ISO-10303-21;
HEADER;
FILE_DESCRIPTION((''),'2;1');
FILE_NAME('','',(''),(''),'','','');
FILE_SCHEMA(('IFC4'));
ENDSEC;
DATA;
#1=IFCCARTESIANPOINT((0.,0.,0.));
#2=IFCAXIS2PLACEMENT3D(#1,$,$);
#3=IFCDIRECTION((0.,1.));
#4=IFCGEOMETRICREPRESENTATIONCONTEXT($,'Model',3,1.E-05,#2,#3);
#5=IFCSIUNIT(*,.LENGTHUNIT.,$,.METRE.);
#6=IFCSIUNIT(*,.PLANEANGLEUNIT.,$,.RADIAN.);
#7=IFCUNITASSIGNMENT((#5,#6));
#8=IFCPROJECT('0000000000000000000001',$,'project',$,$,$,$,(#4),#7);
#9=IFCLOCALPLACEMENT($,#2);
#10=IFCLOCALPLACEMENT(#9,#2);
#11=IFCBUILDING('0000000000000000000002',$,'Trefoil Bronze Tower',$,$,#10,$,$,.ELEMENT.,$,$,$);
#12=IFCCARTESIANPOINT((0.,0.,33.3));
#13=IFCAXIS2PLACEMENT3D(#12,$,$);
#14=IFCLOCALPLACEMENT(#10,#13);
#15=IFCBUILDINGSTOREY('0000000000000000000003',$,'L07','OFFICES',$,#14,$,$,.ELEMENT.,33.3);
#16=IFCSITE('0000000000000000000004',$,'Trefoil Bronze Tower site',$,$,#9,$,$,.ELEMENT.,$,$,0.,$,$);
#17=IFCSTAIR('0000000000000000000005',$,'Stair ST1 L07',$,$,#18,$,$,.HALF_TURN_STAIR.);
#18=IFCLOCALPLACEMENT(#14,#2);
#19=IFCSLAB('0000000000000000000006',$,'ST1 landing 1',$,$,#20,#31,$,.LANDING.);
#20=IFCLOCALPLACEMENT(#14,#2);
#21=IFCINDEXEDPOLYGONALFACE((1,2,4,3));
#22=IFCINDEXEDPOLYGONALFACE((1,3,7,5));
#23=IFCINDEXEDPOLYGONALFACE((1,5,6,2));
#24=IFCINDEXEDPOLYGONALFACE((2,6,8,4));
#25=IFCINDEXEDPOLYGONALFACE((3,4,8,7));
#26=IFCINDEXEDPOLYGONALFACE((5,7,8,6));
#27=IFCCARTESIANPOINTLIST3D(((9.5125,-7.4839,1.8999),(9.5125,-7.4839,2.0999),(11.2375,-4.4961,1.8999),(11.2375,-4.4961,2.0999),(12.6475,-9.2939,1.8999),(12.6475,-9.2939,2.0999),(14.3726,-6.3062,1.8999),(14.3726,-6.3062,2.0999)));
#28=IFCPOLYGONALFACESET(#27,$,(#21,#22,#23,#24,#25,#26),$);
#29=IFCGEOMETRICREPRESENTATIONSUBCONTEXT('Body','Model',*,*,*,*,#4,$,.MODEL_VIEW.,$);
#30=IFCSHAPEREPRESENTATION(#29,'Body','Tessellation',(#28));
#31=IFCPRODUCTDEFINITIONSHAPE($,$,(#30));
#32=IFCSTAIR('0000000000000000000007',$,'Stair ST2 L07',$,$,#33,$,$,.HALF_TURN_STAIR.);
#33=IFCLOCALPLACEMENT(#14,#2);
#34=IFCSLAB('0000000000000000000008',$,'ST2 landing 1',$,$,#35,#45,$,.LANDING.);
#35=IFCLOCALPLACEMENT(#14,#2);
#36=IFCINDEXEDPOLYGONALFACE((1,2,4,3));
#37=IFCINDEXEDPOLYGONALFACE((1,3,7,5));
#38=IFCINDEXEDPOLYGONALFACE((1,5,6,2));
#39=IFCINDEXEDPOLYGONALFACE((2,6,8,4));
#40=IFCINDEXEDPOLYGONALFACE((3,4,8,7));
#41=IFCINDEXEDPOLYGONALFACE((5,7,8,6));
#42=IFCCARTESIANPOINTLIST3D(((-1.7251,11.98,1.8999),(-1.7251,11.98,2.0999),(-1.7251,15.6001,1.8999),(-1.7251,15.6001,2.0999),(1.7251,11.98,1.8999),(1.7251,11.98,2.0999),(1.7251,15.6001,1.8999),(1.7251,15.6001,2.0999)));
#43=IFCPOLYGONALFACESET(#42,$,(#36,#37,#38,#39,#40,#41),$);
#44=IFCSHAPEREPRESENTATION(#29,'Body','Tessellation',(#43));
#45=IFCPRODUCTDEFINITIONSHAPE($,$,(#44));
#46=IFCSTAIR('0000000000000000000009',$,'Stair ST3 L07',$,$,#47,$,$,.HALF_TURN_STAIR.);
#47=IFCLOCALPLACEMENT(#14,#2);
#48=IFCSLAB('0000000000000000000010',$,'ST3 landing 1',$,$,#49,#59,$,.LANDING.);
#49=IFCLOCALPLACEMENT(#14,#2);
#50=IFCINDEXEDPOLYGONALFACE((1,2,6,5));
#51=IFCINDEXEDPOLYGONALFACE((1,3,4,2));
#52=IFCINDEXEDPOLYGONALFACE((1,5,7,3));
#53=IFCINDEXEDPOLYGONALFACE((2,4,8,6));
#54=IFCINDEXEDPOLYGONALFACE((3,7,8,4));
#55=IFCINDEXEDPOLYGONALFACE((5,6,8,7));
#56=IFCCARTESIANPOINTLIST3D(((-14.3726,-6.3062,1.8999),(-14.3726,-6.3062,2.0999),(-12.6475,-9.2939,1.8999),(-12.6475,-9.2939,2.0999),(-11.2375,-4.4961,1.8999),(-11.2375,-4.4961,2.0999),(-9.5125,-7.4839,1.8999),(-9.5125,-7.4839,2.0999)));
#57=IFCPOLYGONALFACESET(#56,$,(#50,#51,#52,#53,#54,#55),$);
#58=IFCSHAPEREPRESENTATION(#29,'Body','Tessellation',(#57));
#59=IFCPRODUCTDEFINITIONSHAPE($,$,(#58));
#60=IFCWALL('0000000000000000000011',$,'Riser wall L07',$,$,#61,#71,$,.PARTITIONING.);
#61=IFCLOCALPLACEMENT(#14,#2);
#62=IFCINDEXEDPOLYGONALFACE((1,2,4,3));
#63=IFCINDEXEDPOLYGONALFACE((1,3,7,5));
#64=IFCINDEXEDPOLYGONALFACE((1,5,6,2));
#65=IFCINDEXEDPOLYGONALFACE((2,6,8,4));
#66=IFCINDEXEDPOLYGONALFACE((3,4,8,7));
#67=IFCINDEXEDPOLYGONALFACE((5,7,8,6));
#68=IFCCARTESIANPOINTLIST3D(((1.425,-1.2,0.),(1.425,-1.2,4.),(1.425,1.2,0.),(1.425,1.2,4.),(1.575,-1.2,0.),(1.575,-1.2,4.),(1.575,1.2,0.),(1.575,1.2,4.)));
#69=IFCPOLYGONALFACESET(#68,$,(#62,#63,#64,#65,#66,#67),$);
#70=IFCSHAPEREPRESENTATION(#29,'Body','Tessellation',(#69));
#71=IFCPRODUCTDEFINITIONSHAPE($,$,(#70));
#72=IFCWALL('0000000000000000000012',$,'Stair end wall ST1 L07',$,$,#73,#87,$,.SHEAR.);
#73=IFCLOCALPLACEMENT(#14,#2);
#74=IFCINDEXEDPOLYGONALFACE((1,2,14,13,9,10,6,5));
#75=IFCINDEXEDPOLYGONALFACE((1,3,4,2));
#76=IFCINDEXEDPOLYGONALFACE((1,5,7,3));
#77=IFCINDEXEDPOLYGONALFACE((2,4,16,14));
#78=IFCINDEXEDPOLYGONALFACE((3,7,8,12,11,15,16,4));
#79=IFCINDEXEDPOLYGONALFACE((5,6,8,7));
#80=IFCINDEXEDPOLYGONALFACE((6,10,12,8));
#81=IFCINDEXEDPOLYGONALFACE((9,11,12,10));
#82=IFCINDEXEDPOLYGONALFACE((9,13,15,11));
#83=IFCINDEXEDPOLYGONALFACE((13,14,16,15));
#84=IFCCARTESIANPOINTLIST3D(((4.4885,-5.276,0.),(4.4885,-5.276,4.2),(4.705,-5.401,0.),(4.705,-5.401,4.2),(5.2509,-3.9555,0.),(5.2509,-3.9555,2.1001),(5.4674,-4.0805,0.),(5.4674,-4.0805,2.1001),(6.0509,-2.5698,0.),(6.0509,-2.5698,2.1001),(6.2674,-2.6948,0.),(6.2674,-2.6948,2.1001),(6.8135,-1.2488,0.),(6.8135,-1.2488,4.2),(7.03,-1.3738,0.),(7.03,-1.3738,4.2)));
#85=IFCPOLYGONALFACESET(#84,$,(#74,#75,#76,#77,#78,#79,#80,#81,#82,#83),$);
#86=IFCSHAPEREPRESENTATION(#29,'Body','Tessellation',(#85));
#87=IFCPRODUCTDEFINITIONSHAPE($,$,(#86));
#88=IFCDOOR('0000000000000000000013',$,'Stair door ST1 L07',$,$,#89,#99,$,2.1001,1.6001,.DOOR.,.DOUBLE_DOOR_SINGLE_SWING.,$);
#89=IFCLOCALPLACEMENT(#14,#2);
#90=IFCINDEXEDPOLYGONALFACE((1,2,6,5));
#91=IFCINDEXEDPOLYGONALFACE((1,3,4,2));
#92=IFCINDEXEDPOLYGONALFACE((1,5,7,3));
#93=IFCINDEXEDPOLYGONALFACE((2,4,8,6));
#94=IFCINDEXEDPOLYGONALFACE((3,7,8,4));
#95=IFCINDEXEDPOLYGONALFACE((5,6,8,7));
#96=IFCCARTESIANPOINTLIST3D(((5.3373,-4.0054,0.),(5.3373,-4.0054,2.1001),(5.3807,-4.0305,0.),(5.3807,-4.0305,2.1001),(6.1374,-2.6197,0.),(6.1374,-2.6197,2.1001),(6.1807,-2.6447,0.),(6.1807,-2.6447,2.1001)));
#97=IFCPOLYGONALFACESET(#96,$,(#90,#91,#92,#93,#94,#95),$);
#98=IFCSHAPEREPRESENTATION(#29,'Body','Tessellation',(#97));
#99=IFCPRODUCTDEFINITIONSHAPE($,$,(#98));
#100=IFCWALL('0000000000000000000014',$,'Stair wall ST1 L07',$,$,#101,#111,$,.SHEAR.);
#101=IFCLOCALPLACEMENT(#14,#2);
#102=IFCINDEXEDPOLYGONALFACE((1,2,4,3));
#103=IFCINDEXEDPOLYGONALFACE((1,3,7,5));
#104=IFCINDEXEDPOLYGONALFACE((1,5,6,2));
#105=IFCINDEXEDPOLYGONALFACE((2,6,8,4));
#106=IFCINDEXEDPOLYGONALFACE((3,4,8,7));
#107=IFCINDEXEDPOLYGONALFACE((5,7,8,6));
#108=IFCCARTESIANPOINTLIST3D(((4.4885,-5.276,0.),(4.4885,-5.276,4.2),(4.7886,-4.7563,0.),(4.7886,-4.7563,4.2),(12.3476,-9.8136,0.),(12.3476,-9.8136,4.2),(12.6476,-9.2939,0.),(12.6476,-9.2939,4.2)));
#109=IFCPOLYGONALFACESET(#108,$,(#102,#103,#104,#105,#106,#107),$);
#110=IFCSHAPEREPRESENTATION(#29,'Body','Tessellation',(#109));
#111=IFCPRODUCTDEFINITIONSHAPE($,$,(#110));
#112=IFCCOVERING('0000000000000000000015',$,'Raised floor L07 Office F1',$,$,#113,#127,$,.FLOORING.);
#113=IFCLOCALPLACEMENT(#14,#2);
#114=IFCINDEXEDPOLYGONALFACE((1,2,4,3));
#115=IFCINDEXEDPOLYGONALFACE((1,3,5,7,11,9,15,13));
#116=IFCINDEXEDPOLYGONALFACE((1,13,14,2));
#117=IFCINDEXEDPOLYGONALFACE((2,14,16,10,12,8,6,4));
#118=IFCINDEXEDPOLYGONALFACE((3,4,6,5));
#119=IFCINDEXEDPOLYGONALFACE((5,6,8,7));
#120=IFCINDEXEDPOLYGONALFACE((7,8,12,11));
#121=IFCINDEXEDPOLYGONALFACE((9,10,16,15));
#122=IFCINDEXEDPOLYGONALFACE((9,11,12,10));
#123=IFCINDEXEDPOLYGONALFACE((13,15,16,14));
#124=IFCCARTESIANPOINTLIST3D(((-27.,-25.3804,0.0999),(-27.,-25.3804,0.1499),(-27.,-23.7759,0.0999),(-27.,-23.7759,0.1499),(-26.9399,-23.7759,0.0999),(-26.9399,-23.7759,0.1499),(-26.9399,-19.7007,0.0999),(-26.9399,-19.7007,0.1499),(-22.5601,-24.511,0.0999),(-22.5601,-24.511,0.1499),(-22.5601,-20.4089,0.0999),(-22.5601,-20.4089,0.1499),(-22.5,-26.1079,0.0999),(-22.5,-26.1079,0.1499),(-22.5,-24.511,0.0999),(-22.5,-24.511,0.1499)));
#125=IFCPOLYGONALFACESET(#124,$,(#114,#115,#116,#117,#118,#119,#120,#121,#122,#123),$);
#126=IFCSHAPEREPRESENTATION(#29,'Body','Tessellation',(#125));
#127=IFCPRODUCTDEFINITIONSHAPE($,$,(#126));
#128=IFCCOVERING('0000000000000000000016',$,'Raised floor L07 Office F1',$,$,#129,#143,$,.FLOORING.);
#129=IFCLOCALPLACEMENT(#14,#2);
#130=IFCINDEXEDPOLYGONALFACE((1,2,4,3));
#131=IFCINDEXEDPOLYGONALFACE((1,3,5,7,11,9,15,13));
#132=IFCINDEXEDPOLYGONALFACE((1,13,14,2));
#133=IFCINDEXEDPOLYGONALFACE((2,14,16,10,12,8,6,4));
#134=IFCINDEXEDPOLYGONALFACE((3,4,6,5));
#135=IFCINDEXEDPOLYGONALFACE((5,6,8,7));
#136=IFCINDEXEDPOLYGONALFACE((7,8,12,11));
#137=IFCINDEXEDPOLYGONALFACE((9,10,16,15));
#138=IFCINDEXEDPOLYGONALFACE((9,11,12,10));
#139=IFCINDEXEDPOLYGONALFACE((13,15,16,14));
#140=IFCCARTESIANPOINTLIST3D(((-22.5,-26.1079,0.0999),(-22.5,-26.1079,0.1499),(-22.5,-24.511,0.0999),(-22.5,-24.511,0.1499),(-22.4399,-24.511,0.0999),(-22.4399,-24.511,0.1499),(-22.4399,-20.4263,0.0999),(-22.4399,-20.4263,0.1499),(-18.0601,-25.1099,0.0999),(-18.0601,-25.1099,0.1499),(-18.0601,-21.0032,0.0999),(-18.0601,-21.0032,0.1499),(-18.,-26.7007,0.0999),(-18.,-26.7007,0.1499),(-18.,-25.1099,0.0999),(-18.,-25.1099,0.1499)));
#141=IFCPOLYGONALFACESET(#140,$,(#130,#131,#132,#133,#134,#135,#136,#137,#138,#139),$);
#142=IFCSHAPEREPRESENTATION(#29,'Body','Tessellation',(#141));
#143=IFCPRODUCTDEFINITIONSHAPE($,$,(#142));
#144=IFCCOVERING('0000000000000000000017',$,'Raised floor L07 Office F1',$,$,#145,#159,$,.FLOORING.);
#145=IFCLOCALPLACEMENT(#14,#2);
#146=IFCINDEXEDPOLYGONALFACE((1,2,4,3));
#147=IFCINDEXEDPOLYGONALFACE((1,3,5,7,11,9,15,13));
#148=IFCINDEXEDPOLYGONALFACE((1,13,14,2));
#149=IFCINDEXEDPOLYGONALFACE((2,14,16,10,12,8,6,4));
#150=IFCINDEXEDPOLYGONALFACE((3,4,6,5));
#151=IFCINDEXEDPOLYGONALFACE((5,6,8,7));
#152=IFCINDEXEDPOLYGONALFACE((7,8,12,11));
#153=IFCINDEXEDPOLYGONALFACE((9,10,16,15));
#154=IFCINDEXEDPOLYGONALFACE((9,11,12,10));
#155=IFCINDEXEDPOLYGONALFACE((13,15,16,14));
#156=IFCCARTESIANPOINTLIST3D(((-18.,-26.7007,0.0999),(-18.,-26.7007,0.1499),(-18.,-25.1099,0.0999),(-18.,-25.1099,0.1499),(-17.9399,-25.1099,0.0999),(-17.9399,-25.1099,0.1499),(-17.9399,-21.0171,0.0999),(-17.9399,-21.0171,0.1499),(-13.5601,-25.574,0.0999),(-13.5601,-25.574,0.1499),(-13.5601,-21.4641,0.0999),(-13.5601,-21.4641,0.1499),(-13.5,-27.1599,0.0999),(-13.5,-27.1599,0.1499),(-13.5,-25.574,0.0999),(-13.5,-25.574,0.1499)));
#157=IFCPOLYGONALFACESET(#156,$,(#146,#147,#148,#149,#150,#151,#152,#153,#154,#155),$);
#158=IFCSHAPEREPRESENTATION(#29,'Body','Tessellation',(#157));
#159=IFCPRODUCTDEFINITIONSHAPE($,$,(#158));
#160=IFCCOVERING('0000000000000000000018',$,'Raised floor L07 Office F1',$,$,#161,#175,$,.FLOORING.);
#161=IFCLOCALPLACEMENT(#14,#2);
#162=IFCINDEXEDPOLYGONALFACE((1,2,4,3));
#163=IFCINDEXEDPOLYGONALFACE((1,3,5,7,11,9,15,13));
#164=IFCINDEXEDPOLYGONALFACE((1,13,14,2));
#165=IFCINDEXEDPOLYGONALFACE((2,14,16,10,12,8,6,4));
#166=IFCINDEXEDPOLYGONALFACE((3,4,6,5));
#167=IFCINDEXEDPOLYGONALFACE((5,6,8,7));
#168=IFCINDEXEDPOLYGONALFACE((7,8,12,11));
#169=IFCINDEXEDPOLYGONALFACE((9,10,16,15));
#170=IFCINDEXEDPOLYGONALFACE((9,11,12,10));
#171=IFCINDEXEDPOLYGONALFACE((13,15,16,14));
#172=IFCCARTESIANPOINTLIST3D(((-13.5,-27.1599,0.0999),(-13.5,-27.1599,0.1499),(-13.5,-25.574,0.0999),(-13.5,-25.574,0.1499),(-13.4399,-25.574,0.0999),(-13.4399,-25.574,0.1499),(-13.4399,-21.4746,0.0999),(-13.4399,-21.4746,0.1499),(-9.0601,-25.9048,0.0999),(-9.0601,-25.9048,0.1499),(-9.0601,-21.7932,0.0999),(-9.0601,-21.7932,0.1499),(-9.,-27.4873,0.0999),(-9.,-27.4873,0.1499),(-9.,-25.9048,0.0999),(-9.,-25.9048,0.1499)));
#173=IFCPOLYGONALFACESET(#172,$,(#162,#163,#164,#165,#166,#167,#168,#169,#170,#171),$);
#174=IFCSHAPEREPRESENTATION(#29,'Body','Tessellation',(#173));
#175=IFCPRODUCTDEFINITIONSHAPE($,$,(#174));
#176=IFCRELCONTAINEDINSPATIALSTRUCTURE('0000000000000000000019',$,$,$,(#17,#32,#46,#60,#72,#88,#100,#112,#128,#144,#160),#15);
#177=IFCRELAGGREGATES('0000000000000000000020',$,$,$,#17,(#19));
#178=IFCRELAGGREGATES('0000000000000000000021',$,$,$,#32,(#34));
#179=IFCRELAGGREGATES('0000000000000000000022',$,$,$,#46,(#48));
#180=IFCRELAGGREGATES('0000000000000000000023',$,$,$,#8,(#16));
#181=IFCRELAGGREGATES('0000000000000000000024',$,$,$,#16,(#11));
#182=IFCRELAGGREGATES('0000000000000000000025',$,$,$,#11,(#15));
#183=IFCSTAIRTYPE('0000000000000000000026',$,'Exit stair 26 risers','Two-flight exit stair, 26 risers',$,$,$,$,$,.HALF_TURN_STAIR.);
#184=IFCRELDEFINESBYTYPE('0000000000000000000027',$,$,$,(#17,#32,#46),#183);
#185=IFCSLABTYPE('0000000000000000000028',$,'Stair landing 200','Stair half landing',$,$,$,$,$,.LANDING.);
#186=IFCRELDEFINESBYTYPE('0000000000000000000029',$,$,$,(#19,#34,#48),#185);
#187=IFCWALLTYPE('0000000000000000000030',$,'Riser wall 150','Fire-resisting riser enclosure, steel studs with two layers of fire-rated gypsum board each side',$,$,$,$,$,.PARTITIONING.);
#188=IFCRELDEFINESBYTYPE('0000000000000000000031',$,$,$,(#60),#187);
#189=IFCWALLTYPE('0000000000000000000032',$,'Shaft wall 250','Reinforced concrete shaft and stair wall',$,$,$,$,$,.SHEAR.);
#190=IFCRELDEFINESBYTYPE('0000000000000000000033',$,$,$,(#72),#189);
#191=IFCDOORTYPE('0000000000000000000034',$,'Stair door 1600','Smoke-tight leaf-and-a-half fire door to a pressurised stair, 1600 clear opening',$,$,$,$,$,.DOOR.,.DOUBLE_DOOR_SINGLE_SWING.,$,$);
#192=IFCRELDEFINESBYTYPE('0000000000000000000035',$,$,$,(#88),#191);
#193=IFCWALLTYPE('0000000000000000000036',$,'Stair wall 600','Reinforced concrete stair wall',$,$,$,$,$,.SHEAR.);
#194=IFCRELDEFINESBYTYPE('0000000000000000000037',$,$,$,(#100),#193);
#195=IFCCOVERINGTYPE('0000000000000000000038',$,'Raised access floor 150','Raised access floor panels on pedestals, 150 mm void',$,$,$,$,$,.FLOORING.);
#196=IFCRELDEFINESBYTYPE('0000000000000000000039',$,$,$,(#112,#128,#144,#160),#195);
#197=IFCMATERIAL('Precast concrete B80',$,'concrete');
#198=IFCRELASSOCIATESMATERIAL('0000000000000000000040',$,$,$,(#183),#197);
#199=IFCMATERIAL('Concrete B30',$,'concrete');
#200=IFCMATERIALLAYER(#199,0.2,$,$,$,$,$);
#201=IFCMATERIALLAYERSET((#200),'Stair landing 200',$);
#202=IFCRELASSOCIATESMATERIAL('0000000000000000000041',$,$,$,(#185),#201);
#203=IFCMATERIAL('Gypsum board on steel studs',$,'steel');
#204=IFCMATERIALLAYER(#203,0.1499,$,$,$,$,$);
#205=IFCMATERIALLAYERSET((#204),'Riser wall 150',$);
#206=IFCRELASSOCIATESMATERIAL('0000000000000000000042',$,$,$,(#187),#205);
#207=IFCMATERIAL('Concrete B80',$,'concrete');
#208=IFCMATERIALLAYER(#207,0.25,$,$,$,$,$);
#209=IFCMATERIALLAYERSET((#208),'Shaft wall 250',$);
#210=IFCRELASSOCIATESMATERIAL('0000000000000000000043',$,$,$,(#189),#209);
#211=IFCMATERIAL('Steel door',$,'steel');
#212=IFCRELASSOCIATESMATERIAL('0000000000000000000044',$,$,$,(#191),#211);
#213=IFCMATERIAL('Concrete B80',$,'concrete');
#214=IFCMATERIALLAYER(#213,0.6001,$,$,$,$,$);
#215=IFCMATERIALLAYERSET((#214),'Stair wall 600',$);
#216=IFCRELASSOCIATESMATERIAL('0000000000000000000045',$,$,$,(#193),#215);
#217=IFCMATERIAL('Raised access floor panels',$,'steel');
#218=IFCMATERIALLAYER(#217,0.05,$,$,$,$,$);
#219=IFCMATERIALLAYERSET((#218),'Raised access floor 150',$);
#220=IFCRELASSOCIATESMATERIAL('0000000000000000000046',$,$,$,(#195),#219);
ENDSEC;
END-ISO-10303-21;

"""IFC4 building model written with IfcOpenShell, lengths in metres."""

from ifc_helpers import new_model, si_unit, direction, frame, frame_2d, origin, place, context, subcontext, project, spatial, polyline, rectangle, outline, extrude, material, layer, layer_set, type_object, element, fill, aggregate, save


model = new_model("IFC4")

# Units and contexts
model_context = context("Model", 3, precision=1e-05, world=origin(), true_north=direction((0.0, 1.0)))
body_context = subcontext(model_context, "Body", "Model", "MODEL_VIEW")
ifc_project = project(units=[si_unit("LENGTHUNIT", "METRE"), si_unit("PLANEANGLEUNIT", "RADIAN")], contexts=[model_context])

# Site, building, storey
site_placement = place(None, origin())
site = spatial("IfcSite", under=ifc_project, at=site_placement, Name="Trefoil Bronze Tower site", CompositionType="ELEMENT", RefElevation=0.0)
building_placement = place(site_placement, origin())
building = spatial("IfcBuilding", under=site, at=building_placement, Name="Trefoil Bronze Tower", CompositionType="ELEMENT")
storey_placement = place(building_placement, frame((0.0, 0.0, 33.3)))
storey = spatial("IfcBuildingStorey", under=building, at=storey_placement, Name="L07", Description="OFFICES", CompositionType="ELEMENT", Elevation=33.3)

# Stairs, slabs
ifc_material_1 = material(Name="Precast concrete B80", Category="concrete")
stair_type = type_object("IfcStairType", Name="Exit stair 26 risers", Description="Two-flight exit stair, 26 risers", PredefinedType="HALF_TURN_STAIR", material=ifc_material_1)
stair_1_placement = place(storey_placement, origin())
stair_1 = element("IfcStair", 1, at=stair_1_placement, inside=storey, type_object=stair_type, Name="Stair ST1 L07", PredefinedType="HALF_TURN_STAIR")
ifc_material_2 = material(Name="Concrete B30", Category="concrete")
ifc_layer_1 = layer(ifc_material_2, 0.2)
ifc_layer_set_1 = layer_set([ifc_layer_1], Name="Stair landing 200")
slab_type = type_object("IfcSlabType", Name="Stair landing 200", Description="Stair half landing", PredefinedType="LANDING", material=ifc_layer_set_1)
slab_1_placement = place(storey_placement, frame((0.0, 0.0, 1.8999)))
slab_1 = element("IfcSlab", 2, at=slab_1_placement, type_object=slab_type, Name="ST1 landing 1", PredefinedType="LANDING", context=body_context, shape_type="SweptSolid", body=[
    extrude(outline(polyline([(9.5125, -7.4839), (12.6475, -9.2939), (14.3726, -6.3062), (11.2375, -4.4961), (9.5125, -7.4839)])), origin(), (0.0, 0.0, 1.0), 0.2),
])
aggregate(stair_1, [slab_1])
stair_2_placement = place(storey_placement, origin())
stair_2 = element("IfcStair", 3, at=stair_2_placement, inside=storey, type_object=stair_type, Name="Stair ST2 L07", PredefinedType="HALF_TURN_STAIR")
slab_2_placement = place(storey_placement, frame((0.0, 0.0, 1.8999)))
slab_2 = element("IfcSlab", 4, at=slab_2_placement, type_object=slab_type, Name="ST2 landing 1", PredefinedType="LANDING", context=body_context, shape_type="SweptSolid", body=[
    extrude(outline(polyline([(1.7251, 11.98), (1.7251, 15.6001), (-1.7251, 15.6001), (-1.7251, 11.98), (1.7251, 11.98)])), origin(), (0.0, 0.0, 1.0), 0.2),
])
aggregate(stair_2, [slab_2])
stair_3_placement = place(storey_placement, origin())
stair_3 = element("IfcStair", 5, at=stair_3_placement, inside=storey, type_object=stair_type, Name="Stair ST3 L07", PredefinedType="HALF_TURN_STAIR")
slab_3_placement = place(storey_placement, frame((0.0, 0.0, 1.8999)))
slab_3 = element("IfcSlab", 6, at=slab_3_placement, type_object=slab_type, Name="ST3 landing 1", PredefinedType="LANDING", context=body_context, shape_type="SweptSolid", body=[
    extrude(outline(polyline([(-11.2375, -4.4961), (-14.3726, -6.3062), (-12.6475, -9.2939), (-9.5125, -7.4839), (-11.2375, -4.4961)])), origin(), (0.0, 0.0, 1.0), 0.2),
])
aggregate(stair_3, [slab_3])

# Wall
ifc_material_3 = material(Name="Gypsum board on steel studs", Category="steel")
ifc_layer_2 = layer(ifc_material_3, 0.1499)
ifc_layer_set_2 = layer_set([ifc_layer_2], Name="Riser wall 150")
wall_type_1 = type_object("IfcWallType", Name="Riser wall 150", Description="Fire-resisting riser enclosure, steel studs with two layers of fire-rated gypsum board each side", PredefinedType="PARTITIONING", material=ifc_layer_set_2)
wall_1_placement = place(storey_placement, frame((1.5, -1.2, 0.0), z_axis=(0.0, 0.0, 1.0), x_axis=(0.0, 1.0, 0.0)))
element("IfcWall", 7, at=wall_1_placement, inside=storey, type_object=wall_type_1, Name="Riser wall L07", PredefinedType="PARTITIONING", context=body_context, shape_type="SweptSolid", body=[
    extrude(rectangle(XDim=2.3999, YDim=0.1499, at=frame_2d((1.2, 0.0))), origin(), (0.0, 0.0, 1.0), 4.0),
])

# Wall, opening, door
ifc_material_4 = material(Name="Concrete B80", Category="concrete")
ifc_layer_3 = layer(ifc_material_4, 0.25)
ifc_layer_set_3 = layer_set([ifc_layer_3], Name="Shaft wall 250")
wall_type_2 = type_object("IfcWallType", Name="Shaft wall 250", Description="Reinforced concrete shaft and stair wall", PredefinedType="SHEAR", material=ifc_layer_set_3)
wall_2_placement = place(storey_placement, frame((4.5967, -5.3386, 0.0), z_axis=(0.0, 0.0, 1.0), x_axis=(0.499985, 0.866034, 0.0)))
wall_2 = element("IfcWall", 8, at=wall_2_placement, inside=storey, type_object=wall_type_2, Name="Stair end wall ST1 L07", PredefinedType="SHEAR", context=body_context, shape_type="SweptSolid", body=[
    extrude(rectangle(XDim=4.6501, YDim=0.25, at=frame_2d((2.3252, 0.0))), origin(), (0.0, 0.0, 1.0), 4.2),
])
opening_placement = place(wall_2_placement, frame((1.5249, 0.0, 0.0)))
opening = element("IfcOpeningElement", 9, at=opening_placement, cuts=wall_2, PredefinedType="OPENING", context=body_context, shape_type="SweptSolid", body=[
    extrude(rectangle(XDim=1.6001, YDim=2.1001, at=frame_2d((0.8, 1.05))), frame((0.0, 0.135, 0.0), z_axis=(0.0, -1.0, 0.0), x_axis=(1.0, 0.0, 0.0)), (0.0, 0.0, 1.0), 0.27),
])
ifc_material_5 = material(Name="Steel door", Category="steel")
door_type = type_object("IfcDoorType", Name="Stair door 1600", Description="Smoke-tight leaf-and-a-half fire door to a pressurised stair, 1600 clear opening", OperationType="DOUBLE_DOOR_SINGLE_SWING", PredefinedType="DOOR", material=ifc_material_5)
door_placement = place(opening_placement, frame((1.6001, 0.0, 0.0), z_axis=(0.0, 0.0, 1.0), x_axis=(-1.0, 0.0, 0.0)))
door = element("IfcDoor", 10, at=door_placement, inside=storey, type_object=door_type, Name="Stair door ST1 L07", OperationType="DOUBLE_DOOR_SINGLE_SWING", OverallHeight=2.1001, OverallWidth=1.6001, PredefinedType="DOOR", context=body_context, shape_type="SweptSolid", body=[
    extrude(rectangle(XDim=1.6001, YDim=2.1001, at=frame_2d((0.8, 1.05))), frame((0.0, 0.0249, 0.0), z_axis=(0.0, -1.0, 0.0), x_axis=(1.0, 0.0, 0.0)), (0.0, 0.0, 1.0), 0.05),
])
fill(opening, door)

# Wall
ifc_material_6 = material(Name="Concrete B80", Category="concrete")
ifc_layer_4 = layer(ifc_material_6, 0.6001)
ifc_layer_set_4 = layer_set([ifc_layer_4], Name="Stair wall 600")
wall_type_3 = type_object("IfcWallType", Name="Stair wall 600", Description="Reinforced concrete stair wall", PredefinedType="SHEAR", material=ifc_layer_set_4)
wall_3_placement = place(storey_placement, frame((4.6384, -5.0161, 0.0), z_axis=(0.0, 0.0, 1.0), x_axis=(0.866019, -0.50001, 0.0)))
element("IfcWall", 11, at=wall_3_placement, inside=storey, type_object=wall_type_3, Name="Stair wall ST1 L07", PredefinedType="SHEAR", context=body_context, shape_type="SweptSolid", body=[
    extrude(rectangle(XDim=9.075, YDim=0.6001, at=frame_2d((4.5376, 0.0))), origin(), (0.0, 0.0, 1.0), 4.2),
])

# Coverings
ifc_material_7 = material(Name="Raised access floor panels", Category="steel")
ifc_layer_5 = layer(ifc_material_7, 0.05)
ifc_layer_set_5 = layer_set([ifc_layer_5], Name="Raised access floor 150")
covering_type_1 = type_object("IfcCoveringType", Name="Raised access floor 150", Description="Raised access floor panels on pedestals, 150 mm void", PredefinedType="FLOORING", material=ifc_layer_set_5)
covering_1_placement = place(storey_placement, frame((0.0, 0.0, 0.0999)))
element("IfcCovering", 12, at=covering_1_placement, inside=storey, type_object=covering_type_1, Name="Raised floor L07 Office F1", PredefinedType="FLOORING", context=body_context, shape_type="SweptSolid", body=[
    extrude(outline(polyline([(-22.5, -26.1079), (-27.0, -25.3804), (-27.0, -23.7759), (-26.9399, -23.7759), (-26.9399, -19.7007), (-22.5601, -20.4089), (-22.5601, -24.511), (-22.5, -24.511), (-22.5, -26.1079)])), origin(), (0.0, 0.0, 1.0), 0.05),
])
covering_2_placement = place(storey_placement, frame((0.0, 0.0, 0.0999)))
element("IfcCovering", 13, at=covering_2_placement, inside=storey, type_object=covering_type_1, Name="Raised floor L07 Office F1", PredefinedType="FLOORING", context=body_context, shape_type="SweptSolid", body=[
    extrude(outline(polyline([(-18.0, -26.7007), (-22.5, -26.1079), (-22.5, -24.511), (-22.4399, -24.511), (-22.4399, -20.4263), (-18.0601, -21.0032), (-18.0601, -25.1099), (-18.0, -25.1099), (-18.0, -26.7007)])), origin(), (0.0, 0.0, 1.0), 0.05),
])
covering_3_placement = place(storey_placement, frame((0.0, 0.0, 0.0999)))
element("IfcCovering", 14, at=covering_3_placement, inside=storey, type_object=covering_type_1, Name="Raised floor L07 Office F1", PredefinedType="FLOORING", context=body_context, shape_type="SweptSolid", body=[
    extrude(outline(polyline([(-13.5, -27.1599), (-18.0, -26.7007), (-18.0, -25.1099), (-17.9399, -25.1099), (-17.9399, -21.0171), (-13.5601, -21.4641), (-13.5601, -25.574), (-13.5, -25.574), (-13.5, -27.1599)])), origin(), (0.0, 0.0, 1.0), 0.05),
])
covering_4_placement = place(storey_placement, frame((0.0, 0.0, 0.0999)))
element("IfcCovering", 15, at=covering_4_placement, inside=storey, type_object=covering_type_1, Name="Raised floor L07 Office F1", PredefinedType="FLOORING", context=body_context, shape_type="SweptSolid", body=[
    extrude(outline(polyline([(-9.0, -27.4873), (-13.5, -27.1599), (-13.5, -25.574), (-13.4399, -25.574), (-13.4399, -21.4746), (-9.0601, -21.7932), (-9.0601, -25.9048), (-9.0, -25.9048), (-9.0, -27.4873)])), origin(), (0.0, 0.0, 1.0), 0.05),
])

save(model, "model.ifc")
